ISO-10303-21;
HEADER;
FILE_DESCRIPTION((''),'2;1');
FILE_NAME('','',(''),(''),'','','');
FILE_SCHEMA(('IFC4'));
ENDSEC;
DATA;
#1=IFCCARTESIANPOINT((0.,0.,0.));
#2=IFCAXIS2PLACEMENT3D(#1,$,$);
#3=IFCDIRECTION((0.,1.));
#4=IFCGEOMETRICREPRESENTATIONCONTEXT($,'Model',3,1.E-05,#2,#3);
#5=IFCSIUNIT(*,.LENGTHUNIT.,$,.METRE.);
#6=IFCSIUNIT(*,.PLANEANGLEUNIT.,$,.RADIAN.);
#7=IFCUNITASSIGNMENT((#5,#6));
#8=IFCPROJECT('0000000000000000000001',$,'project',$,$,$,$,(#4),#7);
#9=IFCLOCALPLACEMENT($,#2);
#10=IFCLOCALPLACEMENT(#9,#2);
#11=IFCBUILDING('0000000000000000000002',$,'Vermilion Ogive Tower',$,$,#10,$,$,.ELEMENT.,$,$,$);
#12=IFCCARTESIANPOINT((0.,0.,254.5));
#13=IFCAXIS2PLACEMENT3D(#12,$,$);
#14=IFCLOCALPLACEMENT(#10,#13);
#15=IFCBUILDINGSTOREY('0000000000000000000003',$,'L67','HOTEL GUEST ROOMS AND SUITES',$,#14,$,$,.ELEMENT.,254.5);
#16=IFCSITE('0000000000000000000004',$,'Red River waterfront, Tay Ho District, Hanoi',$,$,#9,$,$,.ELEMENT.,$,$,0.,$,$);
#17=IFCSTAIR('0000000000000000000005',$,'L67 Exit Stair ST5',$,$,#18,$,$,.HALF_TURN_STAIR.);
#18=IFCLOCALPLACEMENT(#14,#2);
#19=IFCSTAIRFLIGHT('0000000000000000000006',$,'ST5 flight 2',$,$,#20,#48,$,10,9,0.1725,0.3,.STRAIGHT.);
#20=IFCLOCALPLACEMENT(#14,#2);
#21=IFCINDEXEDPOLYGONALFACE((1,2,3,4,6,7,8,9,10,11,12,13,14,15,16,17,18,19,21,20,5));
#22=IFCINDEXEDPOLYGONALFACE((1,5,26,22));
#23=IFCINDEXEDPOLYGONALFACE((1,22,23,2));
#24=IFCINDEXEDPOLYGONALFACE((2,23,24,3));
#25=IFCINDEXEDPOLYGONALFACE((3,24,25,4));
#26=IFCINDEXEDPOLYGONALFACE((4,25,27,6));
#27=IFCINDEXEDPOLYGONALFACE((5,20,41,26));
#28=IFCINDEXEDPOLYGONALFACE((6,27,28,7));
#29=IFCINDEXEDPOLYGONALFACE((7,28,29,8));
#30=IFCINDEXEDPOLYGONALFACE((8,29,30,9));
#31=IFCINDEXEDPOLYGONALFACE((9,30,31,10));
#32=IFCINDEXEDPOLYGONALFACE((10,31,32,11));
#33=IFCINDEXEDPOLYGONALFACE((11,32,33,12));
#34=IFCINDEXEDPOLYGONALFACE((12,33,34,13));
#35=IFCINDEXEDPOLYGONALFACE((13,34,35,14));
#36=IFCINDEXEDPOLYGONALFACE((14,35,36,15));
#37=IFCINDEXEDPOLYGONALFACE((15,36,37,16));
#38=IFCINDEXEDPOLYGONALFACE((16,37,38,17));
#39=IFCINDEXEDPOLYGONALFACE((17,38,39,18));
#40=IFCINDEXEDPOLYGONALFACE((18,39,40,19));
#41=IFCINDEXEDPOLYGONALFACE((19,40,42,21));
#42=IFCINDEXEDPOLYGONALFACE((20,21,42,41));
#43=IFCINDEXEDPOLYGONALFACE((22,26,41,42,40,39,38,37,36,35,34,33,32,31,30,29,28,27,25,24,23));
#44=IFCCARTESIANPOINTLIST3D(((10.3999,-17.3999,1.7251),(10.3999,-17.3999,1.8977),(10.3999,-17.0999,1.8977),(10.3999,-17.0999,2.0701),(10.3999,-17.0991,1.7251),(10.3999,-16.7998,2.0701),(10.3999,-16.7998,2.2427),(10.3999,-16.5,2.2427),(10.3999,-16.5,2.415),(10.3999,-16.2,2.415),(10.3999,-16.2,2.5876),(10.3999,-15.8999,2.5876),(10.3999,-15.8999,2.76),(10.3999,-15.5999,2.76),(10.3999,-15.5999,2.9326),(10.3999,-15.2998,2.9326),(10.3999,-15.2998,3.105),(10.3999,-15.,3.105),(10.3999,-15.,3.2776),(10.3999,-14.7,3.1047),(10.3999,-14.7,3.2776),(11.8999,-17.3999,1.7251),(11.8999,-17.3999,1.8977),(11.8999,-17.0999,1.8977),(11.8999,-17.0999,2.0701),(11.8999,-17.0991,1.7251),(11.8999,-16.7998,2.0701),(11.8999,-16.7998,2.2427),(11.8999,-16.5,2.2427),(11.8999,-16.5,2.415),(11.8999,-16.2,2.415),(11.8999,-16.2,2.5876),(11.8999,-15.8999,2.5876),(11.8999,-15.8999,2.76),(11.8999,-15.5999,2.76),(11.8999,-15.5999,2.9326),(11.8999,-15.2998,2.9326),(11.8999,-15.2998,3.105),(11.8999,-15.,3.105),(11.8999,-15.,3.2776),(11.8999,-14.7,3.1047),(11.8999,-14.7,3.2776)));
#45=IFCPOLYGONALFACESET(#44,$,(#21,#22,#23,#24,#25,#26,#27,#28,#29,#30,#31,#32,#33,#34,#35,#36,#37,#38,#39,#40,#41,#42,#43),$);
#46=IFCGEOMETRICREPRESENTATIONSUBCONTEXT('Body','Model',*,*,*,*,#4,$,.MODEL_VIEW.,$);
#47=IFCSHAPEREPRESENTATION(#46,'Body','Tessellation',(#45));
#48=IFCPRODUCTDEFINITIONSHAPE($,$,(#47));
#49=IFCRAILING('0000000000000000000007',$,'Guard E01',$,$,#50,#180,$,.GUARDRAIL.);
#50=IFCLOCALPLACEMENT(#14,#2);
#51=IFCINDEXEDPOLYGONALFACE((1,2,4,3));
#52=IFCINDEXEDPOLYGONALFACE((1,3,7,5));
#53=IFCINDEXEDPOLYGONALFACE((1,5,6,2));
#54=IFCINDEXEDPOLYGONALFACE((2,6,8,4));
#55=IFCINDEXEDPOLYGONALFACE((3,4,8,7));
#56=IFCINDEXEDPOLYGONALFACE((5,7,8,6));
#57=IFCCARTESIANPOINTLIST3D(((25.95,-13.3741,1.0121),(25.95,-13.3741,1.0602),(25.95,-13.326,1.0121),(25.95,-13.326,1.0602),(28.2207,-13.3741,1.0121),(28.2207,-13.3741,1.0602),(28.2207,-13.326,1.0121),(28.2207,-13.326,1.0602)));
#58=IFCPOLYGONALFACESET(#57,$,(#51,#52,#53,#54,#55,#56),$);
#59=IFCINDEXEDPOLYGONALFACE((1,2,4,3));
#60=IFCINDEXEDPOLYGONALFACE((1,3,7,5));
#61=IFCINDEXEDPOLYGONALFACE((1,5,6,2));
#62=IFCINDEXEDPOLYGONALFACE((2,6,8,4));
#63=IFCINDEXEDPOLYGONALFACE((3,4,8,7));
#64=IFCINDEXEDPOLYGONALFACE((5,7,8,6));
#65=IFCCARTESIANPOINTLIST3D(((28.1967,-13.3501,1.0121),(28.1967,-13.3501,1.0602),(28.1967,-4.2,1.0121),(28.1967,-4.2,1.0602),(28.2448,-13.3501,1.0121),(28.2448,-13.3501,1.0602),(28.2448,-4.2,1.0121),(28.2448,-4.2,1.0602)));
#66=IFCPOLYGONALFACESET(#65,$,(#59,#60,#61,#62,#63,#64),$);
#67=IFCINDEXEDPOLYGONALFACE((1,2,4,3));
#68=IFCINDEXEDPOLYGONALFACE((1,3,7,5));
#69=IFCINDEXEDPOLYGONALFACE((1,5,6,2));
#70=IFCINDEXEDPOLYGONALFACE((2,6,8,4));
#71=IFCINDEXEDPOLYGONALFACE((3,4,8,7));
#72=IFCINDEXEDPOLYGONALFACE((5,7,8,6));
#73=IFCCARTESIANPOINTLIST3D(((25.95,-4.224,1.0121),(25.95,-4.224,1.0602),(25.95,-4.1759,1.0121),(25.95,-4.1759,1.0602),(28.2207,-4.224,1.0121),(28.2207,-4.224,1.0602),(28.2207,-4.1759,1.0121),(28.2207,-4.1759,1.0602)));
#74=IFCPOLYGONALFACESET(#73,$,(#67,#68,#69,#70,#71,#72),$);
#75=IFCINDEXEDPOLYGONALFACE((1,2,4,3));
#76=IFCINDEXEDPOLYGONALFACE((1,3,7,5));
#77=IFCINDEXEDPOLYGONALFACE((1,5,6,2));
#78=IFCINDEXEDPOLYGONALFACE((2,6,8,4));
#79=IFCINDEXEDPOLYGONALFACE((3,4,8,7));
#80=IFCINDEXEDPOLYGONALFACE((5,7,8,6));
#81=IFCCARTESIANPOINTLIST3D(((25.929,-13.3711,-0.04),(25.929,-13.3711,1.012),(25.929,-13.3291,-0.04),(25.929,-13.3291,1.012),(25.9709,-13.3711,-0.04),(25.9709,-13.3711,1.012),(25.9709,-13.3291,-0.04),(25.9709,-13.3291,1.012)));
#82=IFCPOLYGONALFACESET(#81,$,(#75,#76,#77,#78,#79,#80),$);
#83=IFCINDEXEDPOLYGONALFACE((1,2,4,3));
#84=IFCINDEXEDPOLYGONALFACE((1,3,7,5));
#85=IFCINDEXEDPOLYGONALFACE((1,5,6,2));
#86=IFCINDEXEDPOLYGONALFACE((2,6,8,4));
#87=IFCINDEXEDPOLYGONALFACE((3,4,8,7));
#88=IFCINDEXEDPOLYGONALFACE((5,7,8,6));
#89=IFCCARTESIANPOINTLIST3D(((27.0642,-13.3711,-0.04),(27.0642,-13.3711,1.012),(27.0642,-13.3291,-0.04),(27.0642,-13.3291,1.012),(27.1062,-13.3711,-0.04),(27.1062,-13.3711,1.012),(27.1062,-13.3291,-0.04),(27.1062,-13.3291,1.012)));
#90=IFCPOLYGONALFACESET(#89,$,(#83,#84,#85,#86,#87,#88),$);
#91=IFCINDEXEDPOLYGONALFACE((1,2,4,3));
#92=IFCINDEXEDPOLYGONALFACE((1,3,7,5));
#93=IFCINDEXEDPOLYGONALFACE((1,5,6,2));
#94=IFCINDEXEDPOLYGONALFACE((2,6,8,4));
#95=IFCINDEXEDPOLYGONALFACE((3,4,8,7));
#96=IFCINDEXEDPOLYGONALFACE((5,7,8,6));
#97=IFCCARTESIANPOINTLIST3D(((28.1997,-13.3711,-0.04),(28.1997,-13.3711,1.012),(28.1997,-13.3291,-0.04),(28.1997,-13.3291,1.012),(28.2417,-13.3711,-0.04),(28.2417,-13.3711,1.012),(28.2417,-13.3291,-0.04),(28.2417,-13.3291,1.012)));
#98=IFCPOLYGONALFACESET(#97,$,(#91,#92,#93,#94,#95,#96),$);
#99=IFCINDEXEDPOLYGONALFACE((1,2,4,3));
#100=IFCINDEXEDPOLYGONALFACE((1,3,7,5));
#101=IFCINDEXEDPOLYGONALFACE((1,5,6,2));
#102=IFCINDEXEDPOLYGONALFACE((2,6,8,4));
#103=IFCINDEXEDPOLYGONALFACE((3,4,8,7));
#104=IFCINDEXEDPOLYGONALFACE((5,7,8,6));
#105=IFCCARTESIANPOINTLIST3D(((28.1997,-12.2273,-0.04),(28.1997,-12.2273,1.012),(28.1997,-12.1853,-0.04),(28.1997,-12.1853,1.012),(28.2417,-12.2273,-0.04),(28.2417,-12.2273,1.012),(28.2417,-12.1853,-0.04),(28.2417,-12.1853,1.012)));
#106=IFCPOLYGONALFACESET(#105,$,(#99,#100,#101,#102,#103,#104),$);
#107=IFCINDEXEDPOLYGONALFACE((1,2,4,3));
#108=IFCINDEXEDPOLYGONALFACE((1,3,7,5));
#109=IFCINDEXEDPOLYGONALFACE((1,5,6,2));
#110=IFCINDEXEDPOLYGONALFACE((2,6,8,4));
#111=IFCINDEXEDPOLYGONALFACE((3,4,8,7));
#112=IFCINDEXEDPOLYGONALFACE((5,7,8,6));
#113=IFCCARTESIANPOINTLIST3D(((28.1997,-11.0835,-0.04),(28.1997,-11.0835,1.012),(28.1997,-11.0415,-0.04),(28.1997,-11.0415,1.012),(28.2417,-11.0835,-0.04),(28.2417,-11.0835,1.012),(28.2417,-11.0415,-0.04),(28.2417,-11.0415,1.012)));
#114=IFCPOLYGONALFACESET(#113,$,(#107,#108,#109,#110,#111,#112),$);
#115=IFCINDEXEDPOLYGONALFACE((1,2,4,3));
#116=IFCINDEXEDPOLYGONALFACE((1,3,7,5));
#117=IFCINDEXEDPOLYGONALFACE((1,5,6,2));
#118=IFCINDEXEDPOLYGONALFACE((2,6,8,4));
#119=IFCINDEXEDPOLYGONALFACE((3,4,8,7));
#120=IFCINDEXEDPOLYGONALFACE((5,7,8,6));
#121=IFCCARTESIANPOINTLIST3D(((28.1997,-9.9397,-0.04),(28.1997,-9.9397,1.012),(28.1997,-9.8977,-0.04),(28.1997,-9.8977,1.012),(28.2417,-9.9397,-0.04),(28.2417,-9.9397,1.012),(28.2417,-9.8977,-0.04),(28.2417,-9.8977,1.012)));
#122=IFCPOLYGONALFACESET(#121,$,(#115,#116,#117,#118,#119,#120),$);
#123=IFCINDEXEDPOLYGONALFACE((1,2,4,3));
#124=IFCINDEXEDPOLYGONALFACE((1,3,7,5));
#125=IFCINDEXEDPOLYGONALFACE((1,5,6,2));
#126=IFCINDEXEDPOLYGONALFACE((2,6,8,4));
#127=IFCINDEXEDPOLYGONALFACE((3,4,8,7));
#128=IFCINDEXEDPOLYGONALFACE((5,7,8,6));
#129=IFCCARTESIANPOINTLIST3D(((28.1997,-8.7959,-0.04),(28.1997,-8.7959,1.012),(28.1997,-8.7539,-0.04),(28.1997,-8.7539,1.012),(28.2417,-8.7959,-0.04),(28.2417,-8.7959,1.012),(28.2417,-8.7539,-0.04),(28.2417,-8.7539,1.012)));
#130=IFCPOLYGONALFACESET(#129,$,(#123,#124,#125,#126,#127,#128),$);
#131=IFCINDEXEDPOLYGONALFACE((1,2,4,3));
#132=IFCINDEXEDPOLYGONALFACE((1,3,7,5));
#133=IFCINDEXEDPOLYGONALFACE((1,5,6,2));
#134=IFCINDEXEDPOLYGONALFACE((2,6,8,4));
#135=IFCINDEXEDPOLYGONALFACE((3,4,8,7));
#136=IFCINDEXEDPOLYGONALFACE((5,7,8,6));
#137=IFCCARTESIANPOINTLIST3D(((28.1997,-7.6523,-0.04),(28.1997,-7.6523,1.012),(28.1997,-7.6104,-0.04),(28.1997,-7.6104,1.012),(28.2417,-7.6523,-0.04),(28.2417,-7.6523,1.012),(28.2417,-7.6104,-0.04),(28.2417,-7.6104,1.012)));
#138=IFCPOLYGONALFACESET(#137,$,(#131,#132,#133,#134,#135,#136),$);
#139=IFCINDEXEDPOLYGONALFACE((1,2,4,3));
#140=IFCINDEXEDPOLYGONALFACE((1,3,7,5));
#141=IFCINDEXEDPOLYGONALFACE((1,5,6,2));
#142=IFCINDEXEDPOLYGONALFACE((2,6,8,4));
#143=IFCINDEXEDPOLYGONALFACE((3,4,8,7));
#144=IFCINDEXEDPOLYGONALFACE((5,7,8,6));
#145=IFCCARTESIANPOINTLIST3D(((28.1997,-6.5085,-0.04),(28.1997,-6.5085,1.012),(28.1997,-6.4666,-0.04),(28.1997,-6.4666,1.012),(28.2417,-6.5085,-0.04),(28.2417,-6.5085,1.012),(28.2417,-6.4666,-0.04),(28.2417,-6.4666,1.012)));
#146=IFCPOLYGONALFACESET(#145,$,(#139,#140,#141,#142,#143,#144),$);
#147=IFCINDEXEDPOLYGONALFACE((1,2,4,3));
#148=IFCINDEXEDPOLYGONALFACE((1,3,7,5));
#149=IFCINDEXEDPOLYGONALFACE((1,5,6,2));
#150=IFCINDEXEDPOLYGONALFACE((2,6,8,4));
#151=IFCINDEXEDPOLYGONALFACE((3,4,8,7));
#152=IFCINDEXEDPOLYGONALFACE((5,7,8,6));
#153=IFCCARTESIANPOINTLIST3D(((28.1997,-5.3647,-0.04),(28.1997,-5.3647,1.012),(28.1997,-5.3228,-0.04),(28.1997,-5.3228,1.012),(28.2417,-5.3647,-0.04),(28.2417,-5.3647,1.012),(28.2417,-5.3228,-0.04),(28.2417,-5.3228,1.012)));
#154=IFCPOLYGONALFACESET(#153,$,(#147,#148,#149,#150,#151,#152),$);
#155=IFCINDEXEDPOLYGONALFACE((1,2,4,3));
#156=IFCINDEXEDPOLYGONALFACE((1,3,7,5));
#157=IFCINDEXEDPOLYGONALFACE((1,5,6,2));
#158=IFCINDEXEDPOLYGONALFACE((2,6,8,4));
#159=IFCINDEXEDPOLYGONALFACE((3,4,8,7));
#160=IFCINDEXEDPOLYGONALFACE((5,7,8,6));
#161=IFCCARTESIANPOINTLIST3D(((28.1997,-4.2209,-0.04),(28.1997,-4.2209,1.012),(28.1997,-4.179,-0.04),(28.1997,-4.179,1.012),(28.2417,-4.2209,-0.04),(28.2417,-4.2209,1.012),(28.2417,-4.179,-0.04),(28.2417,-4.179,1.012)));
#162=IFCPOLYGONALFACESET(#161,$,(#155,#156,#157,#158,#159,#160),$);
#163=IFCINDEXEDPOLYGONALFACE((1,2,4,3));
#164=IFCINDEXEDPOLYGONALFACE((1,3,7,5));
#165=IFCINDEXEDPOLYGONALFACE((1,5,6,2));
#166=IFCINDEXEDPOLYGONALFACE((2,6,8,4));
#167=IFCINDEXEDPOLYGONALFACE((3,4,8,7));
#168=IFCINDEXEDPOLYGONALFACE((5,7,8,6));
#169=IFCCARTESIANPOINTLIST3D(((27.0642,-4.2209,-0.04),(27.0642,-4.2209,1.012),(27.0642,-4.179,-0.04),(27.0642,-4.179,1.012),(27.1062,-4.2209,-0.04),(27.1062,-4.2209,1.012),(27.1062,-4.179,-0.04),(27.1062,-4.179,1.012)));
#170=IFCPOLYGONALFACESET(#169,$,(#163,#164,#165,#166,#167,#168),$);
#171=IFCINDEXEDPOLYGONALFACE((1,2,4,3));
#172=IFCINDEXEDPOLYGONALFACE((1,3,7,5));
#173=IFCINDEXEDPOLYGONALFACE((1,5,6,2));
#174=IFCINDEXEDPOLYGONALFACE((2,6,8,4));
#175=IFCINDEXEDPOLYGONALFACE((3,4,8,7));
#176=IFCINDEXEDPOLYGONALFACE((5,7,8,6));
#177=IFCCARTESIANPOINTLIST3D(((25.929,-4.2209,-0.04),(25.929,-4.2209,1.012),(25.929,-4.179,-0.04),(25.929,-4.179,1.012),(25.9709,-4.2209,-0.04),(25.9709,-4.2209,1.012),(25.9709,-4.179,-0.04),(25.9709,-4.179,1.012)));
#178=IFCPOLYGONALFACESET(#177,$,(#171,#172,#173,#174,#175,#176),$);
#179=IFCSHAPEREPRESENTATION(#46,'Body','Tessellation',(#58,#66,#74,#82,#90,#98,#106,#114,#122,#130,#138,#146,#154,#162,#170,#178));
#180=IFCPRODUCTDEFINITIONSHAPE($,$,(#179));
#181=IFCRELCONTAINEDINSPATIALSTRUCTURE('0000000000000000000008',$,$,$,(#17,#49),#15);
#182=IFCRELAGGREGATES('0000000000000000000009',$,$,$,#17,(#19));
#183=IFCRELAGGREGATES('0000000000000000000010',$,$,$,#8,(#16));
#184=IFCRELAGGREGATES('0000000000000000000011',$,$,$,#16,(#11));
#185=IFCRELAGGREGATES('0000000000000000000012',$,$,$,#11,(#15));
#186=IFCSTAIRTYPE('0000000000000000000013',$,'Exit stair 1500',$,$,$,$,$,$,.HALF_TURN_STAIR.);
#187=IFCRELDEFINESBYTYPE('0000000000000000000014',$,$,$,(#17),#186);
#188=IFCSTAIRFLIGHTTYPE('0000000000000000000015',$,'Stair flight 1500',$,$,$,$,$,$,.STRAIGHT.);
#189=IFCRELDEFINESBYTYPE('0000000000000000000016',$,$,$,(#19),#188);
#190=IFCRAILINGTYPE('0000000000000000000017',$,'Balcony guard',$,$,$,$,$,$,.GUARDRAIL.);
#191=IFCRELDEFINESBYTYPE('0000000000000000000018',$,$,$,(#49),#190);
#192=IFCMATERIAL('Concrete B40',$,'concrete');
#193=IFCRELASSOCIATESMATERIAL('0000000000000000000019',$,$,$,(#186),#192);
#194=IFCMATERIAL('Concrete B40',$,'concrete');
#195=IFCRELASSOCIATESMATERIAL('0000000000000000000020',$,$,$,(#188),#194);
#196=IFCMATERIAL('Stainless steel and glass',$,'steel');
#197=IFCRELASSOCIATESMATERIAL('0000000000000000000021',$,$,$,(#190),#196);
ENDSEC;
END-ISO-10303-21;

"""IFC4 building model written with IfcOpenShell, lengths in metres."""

from ifc_helpers import new_model, si_unit, direction, frame, origin, origin_2d, place, context, subcontext, project, spatial, polyline, rectangle, outline, extrude, material, type_object, element, aggregate, save


model = new_model("IFC4")

# Units and contexts
model_context = context("Model", 3, precision=1e-05, world=origin(), true_north=direction((0.0, 1.0)))
body_context = subcontext(model_context, "Body", "Model", "MODEL_VIEW")
ifc_project = project(units=[si_unit("LENGTHUNIT", "METRE"), si_unit("PLANEANGLEUNIT", "RADIAN")], contexts=[model_context])

# Site, building, storey
site_placement = place(None, origin())
site = spatial("IfcSite", under=ifc_project, at=site_placement, Name="Red River waterfront, Tay Ho District, Hanoi", CompositionType="ELEMENT", RefElevation=0.0)
building_placement = place(site_placement, origin())
building = spatial("IfcBuilding", under=site, at=building_placement, Name="Vermilion Ogive Tower", CompositionType="ELEMENT")
storey_placement = place(building_placement, frame((0.0, 0.0, 254.5)))
storey = spatial("IfcBuildingStorey", under=building, at=storey_placement, Name="L67", Description="HOTEL GUEST ROOMS AND SUITES", CompositionType="ELEMENT", Elevation=254.5)

# Stair, stair flight
ifc_material_1 = material(Name="Concrete B40", Category="concrete")
stair_type = type_object("IfcStairType", Name="Exit stair 1500", PredefinedType="HALF_TURN_STAIR", material=ifc_material_1)
stair_placement = place(storey_placement, origin())
stair = element("IfcStair", 1, at=stair_placement, inside=storey, type_object=stair_type, Name="L67 Exit Stair ST5", PredefinedType="HALF_TURN_STAIR")
ifc_material_2 = material(Name="Concrete B40", Category="concrete")
stair_flight_type = type_object("IfcStairFlightType", Name="Stair flight 1500", PredefinedType="STRAIGHT", material=ifc_material_2)
stair_flight_1_placement = place(storey_placement, frame((11.1499, -17.3999, 1.7251), z_axis=(0.0, 0.0, 1.0), x_axis=(0.0, 1.0, 0.0)))
stair_flight_1 = element("IfcStairFlight", 2, at=stair_flight_1_placement, type_object=stair_flight_type, Name="ST5 flight 2", NumberOfRisers=10, NumberOfTreads=9, PredefinedType="STRAIGHT", RiserHeight=0.1725, TreadLength=0.3, context=body_context, shape_type="SweptSolid", body=[
    extrude(outline(polyline([(0.0, 0.0), (0.0, 0.1726), (0.3, 0.1726), (0.3, 0.345), (0.6001, 0.345), (0.6001, 0.5176), (0.8999, 0.5176), (0.8999, 0.6899), (1.2, 0.6899), (1.2, 0.8625), (1.5, 0.8625), (1.5, 1.0349), (1.8, 1.0349), (1.8, 1.2075), (2.1001, 1.2075), (2.1001, 1.3799), (2.3999, 1.3799), (2.3999, 1.5525), (2.7, 1.5525), (2.7, 1.7251), (2.7, 1.3796), (0.3008, 0.0), (0.0, 0.0)])), frame((0.0, 0.75, 0.0), z_axis=(0.0, -1.0, 0.0), x_axis=(1.0, 0.0, 0.0)), (0.0, 0.0, 1.0), 1.5),
])
aggregate(stair, [stair_flight_1])

# Railing
ifc_material_3 = material(Name="Stainless steel and glass", Category="steel")
railing_type_1 = type_object("IfcRailingType", Name="Balcony guard", PredefinedType="GUARDRAIL", material=ifc_material_3)
railing_1_placement = place(storey_placement, frame((25.95, -13.3501, -0.04)))
element("IfcRailing", 3, at=railing_1_placement, inside=storey, type_object=railing_type_1, Name="Guard E01", PredefinedType="GUARDRAIL", context=body_context, shape_type="SweptSolid", body=[
    extrude(rectangle(XDim=0.0481, YDim=0.0481, at=origin_2d()), frame((0.0, 0.0, 1.0762), z_axis=(1.0, 0.0, 0.0), x_axis=(0.0, 1.0, 0.0)), (0.0, 0.0, 1.0), 2.2708),
    extrude(rectangle(XDim=0.0481, YDim=0.0481, at=origin_2d()), frame((2.2708, 0.0, 1.0762), z_axis=(0.0, 1.0, 0.0), x_axis=(-1.0, 0.0, 0.0)), (0.0, 0.0, 1.0), 9.1501),
    extrude(rectangle(XDim=0.0481, YDim=0.0481, at=origin_2d()), frame((2.2708, 9.1501, 1.0762), z_axis=(-1.0, 0.0, 0.0), x_axis=(0.0, -1.0, 0.0)), (0.0, 0.0, 1.0), 2.2708),
    extrude(rectangle(XDim=0.042, YDim=0.042, at=origin_2d()), origin(), (0.0, 0.0, 1.0), 1.052),
    extrude(rectangle(XDim=0.042, YDim=0.042, at=origin_2d()), frame((1.1353, 0.0, 0.0)), (0.0, 0.0, 1.0), 1.052),
    extrude(rectangle(XDim=0.042, YDim=0.042, at=origin_2d()), frame((2.2708, 0.0, 0.0)), (0.0, 0.0, 1.0), 1.052),
    extrude(rectangle(XDim=0.042, YDim=0.042, at=origin_2d()), frame((2.2708, 1.1438, 0.0)), (0.0, 0.0, 1.0), 1.052),
    extrude(rectangle(XDim=0.042, YDim=0.042, at=origin_2d()), frame((2.2708, 2.2876, 0.0)), (0.0, 0.0, 1.0), 1.052),
    extrude(rectangle(XDim=0.042, YDim=0.042, at=origin_2d()), frame((2.2708, 3.4314, 0.0)), (0.0, 0.0, 1.0), 1.052),
    extrude(rectangle(XDim=0.042, YDim=0.042, at=origin_2d()), frame((2.2708, 4.5752, 0.0)), (0.0, 0.0, 1.0), 1.052),
    extrude(rectangle(XDim=0.042, YDim=0.042, at=origin_2d()), frame((2.2708, 5.7188, 0.0)), (0.0, 0.0, 1.0), 1.052),
    extrude(rectangle(XDim=0.042, YDim=0.042, at=origin_2d()), frame((2.2708, 6.8625, 0.0)), (0.0, 0.0, 1.0), 1.052),
    extrude(rectangle(XDim=0.042, YDim=0.042, at=origin_2d()), frame((2.2708, 8.0063, 0.0)), (0.0, 0.0, 1.0), 1.052),
    extrude(rectangle(XDim=0.042, YDim=0.042, at=origin_2d()), frame((2.2708, 9.1501, 0.0)), (0.0, 0.0, 1.0), 1.052),
    extrude(rectangle(XDim=0.042, YDim=0.042, at=origin_2d()), frame((1.1353, 9.1501, 0.0)), (0.0, 0.0, 1.0), 1.052),
    extrude(rectangle(XDim=0.042, YDim=0.042, at=origin_2d()), frame((0.0, 9.1501, 0.0)), (0.0, 0.0, 1.0), 1.052),
])

save(model, "model.ifc")
